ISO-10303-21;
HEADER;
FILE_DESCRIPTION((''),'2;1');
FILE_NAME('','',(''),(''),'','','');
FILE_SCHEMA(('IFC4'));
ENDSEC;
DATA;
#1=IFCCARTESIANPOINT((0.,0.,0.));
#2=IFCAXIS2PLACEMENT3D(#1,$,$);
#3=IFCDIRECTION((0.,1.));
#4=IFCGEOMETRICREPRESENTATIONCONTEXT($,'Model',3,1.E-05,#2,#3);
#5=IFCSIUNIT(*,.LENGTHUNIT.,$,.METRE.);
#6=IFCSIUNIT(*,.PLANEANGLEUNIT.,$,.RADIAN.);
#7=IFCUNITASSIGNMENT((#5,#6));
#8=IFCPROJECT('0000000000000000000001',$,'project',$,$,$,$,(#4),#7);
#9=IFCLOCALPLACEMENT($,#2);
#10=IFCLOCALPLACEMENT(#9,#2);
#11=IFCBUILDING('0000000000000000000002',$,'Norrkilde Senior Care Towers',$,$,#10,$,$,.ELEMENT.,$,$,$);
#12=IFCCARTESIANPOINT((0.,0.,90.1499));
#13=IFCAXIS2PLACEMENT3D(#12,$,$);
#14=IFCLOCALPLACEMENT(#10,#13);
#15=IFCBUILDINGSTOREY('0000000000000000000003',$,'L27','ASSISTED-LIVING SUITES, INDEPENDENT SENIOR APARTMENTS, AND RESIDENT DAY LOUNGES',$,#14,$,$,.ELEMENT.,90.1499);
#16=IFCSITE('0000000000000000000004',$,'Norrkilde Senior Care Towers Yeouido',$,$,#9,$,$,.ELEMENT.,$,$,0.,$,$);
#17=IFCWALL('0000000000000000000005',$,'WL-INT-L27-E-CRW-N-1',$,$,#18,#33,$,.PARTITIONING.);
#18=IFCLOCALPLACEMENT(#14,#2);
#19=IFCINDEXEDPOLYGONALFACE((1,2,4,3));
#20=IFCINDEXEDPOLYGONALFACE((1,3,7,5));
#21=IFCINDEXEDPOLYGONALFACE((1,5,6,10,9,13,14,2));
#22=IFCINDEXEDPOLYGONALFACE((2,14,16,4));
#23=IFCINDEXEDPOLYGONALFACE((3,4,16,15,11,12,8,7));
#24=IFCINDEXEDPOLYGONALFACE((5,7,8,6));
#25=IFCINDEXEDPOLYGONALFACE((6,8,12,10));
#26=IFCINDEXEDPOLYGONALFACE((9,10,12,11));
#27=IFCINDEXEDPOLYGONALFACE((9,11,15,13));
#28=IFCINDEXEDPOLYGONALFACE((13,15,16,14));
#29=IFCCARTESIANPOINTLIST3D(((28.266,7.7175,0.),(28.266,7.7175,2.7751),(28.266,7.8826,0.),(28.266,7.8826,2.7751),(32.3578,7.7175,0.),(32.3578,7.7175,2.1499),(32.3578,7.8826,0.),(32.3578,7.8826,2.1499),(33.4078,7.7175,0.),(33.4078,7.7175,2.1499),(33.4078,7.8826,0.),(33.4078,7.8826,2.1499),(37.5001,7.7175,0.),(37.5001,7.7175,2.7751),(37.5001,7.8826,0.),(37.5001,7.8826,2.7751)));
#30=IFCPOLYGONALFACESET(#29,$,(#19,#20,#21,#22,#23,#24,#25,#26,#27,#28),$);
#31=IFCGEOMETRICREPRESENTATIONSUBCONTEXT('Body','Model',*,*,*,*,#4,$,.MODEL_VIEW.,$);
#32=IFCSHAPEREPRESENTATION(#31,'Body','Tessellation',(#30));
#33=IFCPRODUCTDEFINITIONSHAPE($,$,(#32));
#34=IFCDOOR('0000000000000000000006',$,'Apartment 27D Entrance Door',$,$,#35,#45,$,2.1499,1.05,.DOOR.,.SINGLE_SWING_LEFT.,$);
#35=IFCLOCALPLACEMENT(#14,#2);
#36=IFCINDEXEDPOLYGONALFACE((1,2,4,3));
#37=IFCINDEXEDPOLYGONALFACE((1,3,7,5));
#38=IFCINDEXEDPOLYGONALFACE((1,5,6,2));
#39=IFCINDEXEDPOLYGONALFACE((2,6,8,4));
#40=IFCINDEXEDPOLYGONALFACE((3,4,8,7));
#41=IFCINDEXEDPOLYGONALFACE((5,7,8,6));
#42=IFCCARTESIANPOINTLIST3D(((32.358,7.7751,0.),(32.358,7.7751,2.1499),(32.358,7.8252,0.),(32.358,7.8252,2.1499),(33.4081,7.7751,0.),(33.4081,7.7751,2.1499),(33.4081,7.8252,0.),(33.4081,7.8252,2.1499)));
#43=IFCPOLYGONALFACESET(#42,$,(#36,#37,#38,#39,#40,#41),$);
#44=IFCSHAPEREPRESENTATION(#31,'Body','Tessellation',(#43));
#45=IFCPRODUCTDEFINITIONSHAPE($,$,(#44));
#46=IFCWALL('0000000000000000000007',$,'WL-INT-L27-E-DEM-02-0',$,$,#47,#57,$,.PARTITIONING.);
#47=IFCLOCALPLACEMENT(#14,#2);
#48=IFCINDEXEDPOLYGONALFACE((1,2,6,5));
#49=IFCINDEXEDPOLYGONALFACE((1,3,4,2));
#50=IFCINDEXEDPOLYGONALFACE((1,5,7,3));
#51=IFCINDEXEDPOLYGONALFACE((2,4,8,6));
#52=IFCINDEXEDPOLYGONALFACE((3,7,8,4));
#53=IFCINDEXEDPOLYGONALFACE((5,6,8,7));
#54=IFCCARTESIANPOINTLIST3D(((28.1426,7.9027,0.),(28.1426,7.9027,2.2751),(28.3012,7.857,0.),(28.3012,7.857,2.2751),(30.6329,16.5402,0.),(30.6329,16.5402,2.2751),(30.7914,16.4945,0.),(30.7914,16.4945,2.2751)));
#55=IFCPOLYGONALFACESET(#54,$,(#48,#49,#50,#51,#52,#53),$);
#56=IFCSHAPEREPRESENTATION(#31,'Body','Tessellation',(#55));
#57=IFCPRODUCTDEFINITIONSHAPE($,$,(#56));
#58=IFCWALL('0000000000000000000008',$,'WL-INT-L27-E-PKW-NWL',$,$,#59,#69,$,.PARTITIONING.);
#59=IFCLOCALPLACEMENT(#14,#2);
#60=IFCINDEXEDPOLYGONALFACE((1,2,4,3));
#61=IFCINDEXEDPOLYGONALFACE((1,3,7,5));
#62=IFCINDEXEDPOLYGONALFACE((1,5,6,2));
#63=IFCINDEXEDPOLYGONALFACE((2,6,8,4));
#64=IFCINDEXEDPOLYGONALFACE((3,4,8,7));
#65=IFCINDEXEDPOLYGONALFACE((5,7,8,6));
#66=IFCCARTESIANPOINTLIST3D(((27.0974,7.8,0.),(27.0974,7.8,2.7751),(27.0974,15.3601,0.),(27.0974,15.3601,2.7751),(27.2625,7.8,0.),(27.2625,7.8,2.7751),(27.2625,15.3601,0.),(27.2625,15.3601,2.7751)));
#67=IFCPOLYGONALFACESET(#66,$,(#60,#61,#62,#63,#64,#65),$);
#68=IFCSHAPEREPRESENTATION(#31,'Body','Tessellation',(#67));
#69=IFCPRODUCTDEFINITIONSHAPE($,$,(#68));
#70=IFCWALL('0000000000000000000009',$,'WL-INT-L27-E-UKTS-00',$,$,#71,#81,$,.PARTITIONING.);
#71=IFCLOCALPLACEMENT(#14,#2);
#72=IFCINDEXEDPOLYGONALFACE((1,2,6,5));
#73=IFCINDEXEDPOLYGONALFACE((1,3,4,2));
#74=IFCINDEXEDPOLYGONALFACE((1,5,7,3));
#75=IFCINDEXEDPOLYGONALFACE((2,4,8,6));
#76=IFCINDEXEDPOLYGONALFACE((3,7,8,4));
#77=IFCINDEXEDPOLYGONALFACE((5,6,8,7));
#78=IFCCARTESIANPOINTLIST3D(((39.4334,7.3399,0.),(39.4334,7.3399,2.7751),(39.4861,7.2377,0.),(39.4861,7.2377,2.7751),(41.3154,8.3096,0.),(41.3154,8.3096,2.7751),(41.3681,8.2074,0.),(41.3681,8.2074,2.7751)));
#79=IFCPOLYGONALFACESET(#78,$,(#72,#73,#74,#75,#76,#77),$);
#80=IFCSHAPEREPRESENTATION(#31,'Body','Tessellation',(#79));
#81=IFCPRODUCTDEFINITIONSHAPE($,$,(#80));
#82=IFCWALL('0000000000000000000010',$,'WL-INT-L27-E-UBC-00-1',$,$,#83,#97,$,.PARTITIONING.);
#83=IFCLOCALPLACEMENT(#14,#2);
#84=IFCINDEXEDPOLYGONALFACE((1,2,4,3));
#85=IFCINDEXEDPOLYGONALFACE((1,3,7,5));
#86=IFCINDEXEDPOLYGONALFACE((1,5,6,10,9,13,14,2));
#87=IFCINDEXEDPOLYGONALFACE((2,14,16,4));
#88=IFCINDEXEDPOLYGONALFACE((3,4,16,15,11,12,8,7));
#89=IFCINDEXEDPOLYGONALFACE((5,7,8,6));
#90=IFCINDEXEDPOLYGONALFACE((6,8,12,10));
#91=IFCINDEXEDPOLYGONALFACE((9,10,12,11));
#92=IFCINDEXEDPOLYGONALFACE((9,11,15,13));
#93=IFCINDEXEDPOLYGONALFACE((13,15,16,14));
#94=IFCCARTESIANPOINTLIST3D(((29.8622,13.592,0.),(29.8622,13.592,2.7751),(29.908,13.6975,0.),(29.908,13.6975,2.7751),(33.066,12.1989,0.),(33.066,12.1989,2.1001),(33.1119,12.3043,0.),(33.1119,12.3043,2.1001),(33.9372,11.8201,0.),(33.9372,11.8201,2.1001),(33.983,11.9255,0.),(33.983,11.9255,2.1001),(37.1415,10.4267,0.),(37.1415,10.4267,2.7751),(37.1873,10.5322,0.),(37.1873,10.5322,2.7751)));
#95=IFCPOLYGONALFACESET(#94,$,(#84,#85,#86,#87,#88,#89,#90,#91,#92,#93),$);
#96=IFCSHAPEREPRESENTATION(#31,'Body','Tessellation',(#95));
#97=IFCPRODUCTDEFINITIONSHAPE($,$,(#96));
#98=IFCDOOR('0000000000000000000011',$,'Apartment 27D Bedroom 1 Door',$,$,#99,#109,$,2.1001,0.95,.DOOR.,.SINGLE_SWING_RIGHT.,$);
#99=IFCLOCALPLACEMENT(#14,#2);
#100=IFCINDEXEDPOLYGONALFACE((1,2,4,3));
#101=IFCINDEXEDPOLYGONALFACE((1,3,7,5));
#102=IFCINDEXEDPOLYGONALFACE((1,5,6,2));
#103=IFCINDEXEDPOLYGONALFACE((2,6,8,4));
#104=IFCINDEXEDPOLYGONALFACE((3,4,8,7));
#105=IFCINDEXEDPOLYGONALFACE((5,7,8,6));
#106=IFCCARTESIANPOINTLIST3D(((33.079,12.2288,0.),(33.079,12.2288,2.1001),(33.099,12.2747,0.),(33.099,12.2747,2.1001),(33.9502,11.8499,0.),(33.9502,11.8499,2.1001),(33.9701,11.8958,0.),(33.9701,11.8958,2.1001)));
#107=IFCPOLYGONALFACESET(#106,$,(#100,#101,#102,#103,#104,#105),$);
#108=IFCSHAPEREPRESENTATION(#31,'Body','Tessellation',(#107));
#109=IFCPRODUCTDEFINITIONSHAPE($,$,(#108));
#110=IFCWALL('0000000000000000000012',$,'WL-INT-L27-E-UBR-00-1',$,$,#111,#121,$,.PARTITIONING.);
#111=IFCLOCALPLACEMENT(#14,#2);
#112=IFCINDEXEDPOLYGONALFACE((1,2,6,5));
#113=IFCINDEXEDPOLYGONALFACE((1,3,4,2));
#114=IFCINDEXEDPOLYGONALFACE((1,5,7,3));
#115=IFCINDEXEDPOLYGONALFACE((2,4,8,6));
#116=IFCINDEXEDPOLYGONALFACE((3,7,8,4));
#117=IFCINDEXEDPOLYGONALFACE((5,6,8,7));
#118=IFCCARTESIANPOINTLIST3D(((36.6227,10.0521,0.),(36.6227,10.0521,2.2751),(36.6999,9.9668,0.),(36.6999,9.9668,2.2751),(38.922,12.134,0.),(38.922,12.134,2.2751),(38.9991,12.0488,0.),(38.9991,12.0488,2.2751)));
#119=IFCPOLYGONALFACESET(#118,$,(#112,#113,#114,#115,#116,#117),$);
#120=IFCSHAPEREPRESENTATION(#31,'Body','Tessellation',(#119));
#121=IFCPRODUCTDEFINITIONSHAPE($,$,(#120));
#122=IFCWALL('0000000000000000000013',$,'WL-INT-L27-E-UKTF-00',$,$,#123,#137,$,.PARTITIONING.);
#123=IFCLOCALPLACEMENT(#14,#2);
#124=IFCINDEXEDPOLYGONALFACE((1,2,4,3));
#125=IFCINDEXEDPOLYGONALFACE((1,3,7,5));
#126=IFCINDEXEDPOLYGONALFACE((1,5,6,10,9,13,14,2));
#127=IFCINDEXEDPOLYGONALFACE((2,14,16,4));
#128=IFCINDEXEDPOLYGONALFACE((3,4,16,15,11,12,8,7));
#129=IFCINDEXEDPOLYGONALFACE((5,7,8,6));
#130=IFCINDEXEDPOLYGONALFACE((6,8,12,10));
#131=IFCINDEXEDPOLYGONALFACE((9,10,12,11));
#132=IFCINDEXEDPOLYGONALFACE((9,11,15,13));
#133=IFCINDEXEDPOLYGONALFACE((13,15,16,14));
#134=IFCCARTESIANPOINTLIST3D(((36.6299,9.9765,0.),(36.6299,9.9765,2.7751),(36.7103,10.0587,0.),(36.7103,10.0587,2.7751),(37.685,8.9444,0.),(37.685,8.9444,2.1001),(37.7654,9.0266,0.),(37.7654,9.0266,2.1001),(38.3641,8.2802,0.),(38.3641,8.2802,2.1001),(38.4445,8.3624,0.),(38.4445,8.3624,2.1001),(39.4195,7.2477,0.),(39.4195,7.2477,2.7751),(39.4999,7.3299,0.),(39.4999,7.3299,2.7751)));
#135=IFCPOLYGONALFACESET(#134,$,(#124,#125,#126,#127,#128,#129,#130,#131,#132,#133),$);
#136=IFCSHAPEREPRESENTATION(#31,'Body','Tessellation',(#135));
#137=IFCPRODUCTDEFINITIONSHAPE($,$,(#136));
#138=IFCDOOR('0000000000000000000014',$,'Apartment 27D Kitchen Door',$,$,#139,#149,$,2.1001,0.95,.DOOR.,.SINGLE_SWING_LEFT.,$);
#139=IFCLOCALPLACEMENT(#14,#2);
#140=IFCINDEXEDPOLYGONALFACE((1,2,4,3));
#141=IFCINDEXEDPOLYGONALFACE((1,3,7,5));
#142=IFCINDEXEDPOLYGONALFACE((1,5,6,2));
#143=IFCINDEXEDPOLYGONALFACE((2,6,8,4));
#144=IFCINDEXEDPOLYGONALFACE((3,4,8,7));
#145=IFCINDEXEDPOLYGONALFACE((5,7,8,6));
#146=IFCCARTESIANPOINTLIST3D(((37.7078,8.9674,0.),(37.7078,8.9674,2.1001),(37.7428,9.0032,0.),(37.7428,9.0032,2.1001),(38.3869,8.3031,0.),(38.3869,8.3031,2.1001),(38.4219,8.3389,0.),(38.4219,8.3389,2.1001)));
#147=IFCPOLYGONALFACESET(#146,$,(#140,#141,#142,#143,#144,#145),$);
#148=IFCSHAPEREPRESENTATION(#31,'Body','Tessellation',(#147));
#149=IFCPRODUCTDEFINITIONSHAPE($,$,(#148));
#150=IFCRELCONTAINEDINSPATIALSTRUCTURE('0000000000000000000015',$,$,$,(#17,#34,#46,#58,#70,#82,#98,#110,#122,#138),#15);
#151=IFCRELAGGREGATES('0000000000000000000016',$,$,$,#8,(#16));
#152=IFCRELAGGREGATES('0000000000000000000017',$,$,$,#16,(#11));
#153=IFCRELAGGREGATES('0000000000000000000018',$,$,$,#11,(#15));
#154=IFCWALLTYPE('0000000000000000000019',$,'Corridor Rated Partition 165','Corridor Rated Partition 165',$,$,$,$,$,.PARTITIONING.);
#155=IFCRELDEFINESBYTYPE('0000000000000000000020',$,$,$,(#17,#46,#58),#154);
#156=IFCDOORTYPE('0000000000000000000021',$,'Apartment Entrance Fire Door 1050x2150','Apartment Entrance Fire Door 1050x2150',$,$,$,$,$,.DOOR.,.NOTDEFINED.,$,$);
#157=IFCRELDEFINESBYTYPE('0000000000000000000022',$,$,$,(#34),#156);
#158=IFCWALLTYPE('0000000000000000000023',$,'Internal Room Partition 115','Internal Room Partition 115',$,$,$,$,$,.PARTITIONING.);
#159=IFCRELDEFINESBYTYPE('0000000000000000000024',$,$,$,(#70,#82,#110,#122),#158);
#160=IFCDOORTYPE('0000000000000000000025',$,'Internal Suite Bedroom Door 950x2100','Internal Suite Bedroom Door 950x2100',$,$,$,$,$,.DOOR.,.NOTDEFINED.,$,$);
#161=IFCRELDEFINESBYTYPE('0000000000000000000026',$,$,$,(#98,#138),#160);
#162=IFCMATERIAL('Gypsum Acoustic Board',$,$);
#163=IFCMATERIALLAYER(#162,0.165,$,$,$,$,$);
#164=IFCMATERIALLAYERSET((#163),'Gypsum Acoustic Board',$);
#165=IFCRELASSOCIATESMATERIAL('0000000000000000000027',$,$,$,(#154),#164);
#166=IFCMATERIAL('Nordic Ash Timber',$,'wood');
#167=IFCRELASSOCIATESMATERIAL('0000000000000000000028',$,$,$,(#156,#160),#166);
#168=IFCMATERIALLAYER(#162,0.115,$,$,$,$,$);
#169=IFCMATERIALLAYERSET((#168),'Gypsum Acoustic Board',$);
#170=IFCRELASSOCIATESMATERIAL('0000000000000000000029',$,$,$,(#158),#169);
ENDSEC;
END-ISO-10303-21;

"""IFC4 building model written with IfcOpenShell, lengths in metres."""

from ifc_helpers import new_model, si_unit, direction, frame, frame_2d, origin, place, context, subcontext, project, spatial, rectangle, extrude, source, transform, mapped, material, layer, layer_set, type_object, type_shapes, element, fill, save


model = new_model("IFC4")

# Units and contexts
model_context = context("Model", 3, precision=1e-05, world=origin(), true_north=direction((0.0, 1.0)))
body_context = subcontext(model_context, "Body", "Model", "MODEL_VIEW")
ifc_project = project(units=[si_unit("LENGTHUNIT", "METRE"), si_unit("PLANEANGLEUNIT", "RADIAN")], contexts=[model_context])

# Site, building, storey
site_placement = place(None, origin())
site = spatial("IfcSite", under=ifc_project, at=site_placement, Name="Norrkilde Senior Care Towers Yeouido", CompositionType="ELEMENT", RefElevation=0.0)
building_placement = place(site_placement, origin())
building = spatial("IfcBuilding", under=site, at=building_placement, Name="Norrkilde Senior Care Towers", CompositionType="ELEMENT")
storey_placement = place(building_placement, frame((0.0, 0.0, 90.1499)))
storey = spatial("IfcBuildingStorey", under=building, at=storey_placement, Name="L27", Description="ASSISTED-LIVING SUITES, INDEPENDENT SENIOR APARTMENTS, AND RESIDENT DAY LOUNGES", CompositionType="ELEMENT", Elevation=90.1499)

# Wall, opening, door
ifc_material_1 = material(Name="Gypsum Acoustic Board")
ifc_layer_1 = layer(ifc_material_1, 0.165)
ifc_layer_set_1 = layer_set([ifc_layer_1], Name="Gypsum Acoustic Board")
wall_type_1 = type_object("IfcWallType", Name="Corridor Rated Partition 165", Description="Corridor Rated Partition 165", PredefinedType="PARTITIONING", material=ifc_layer_set_1)
ifc_material_2 = material(Name="Nordic Ash Timber", Category="wood")
door_type_1 = type_object("IfcDoorType", Name="Apartment Entrance Fire Door 1050x2150", Description="Apartment Entrance Fire Door 1050x2150", OperationType="NOTDEFINED", PredefinedType="DOOR", material=ifc_material_2)
shared_shape_1 = source(origin(), body_context, "Body", "SweptSolid", [
    extrude(rectangle(XDim=1.05, YDim=2.1499, at=frame_2d((0.5249, 1.075))), frame((0.0, 0.0249, 0.0), z_axis=(0.0, -1.0, 0.0), x_axis=(1.0, 0.0, 0.0)), (0.0, 0.0, 1.0), 0.05),
])
type_shapes(door_type_1, [shared_shape_1])
shared_shape_2 = source(origin(), body_context, "Body", "SweptSolid", [
    extrude(rectangle(XDim=9.2341, YDim=0.165, at=frame_2d((4.6172, 0.0))), origin(), (0.0, 0.0, 1.0), 2.7751),
])
wall_1_placement = place(storey_placement, frame((28.2659, 7.8, 0.0), z_axis=(0.0, 0.0, 1.0), x_axis=(1.0, 0.0, 0.0)))
wall_1 = element("IfcWall", 1, at=wall_1_placement, inside=storey, type_object=wall_type_1, Name="WL-INT-L27-E-CRW-N-1", PredefinedType="PARTITIONING", context=body_context, shape_type="MappedRepresentation", body=[
    mapped(shared_shape_2, transform((0.0, 0.0, 0.0), x_axis=(1.0, 0.0, 0.0), y_axis=(0.0, 1.0, 0.0), z_axis=(0.0, 0.0, 1.0), scale=1.0)),
])
opening_1_placement = place(wall_1_placement, frame((4.092, 0.0, 0.0)))
opening_1 = element("IfcOpeningElement", 2, at=opening_1_placement, cuts=wall_1, PredefinedType="OPENING", context=body_context, shape_type="SweptSolid", body=[
    extrude(rectangle(XDim=1.05, YDim=2.1499, at=frame_2d((0.5249, 1.075))), frame((0.0, 0.0925, 0.0), z_axis=(0.0, -1.0, 0.0), x_axis=(1.0, 0.0, 0.0)), (0.0, 0.0, 1.0), 0.1851),
])
door_1_placement = place(opening_1_placement, frame((1.05, 0.0, 0.0), z_axis=(0.0, 0.0, 1.0), x_axis=(-1.0, 0.0, 0.0)))
door_1 = element("IfcDoor", 3, at=door_1_placement, inside=storey, type_object=door_type_1, Name="Apartment 27D Entrance Door", OperationType="SINGLE_SWING_LEFT", OverallHeight=2.1499, OverallWidth=1.05, PredefinedType="DOOR", context=body_context, shape_type="MappedRepresentation", body=[
    mapped(shared_shape_1, transform((0.0, 0.0, 0.0), x_axis=(1.0, 0.0, 0.0), y_axis=(0.0, 1.0, 0.0), z_axis=(0.0, 0.0, 1.0), scale=1.0)),
])
fill(opening_1, door_1)

# Walls
shared_shape_3 = source(origin(), body_context, "Body", "SweptSolid", [
    extrude(rectangle(XDim=8.9893, YDim=0.165, at=frame_2d((4.4946, 0.0))), origin(), (0.0, 0.0, 1.0), 2.2751),
])
wall_2_placement = place(storey_placement, frame((28.2219, 7.8799, 0.0), z_axis=(0.0, 0.0, 1.0), x_axis=(0.277023, 0.960863, 0.0)))
element("IfcWall", 4, at=wall_2_placement, inside=storey, type_object=wall_type_1, Name="WL-INT-L27-E-DEM-02-0", PredefinedType="PARTITIONING", context=body_context, shape_type="MappedRepresentation", body=[
    mapped(shared_shape_3, transform((0.0, 0.0, 0.0), x_axis=(1.0, 0.0, 0.0), y_axis=(0.0, 1.0, 0.0), z_axis=(0.0, 0.0, 1.0), scale=1.0)),
])
shared_shape_4 = source(origin(), body_context, "Body", "SweptSolid", [
    extrude(rectangle(XDim=7.5601, YDim=0.165, at=frame_2d((3.78, 0.0))), origin(), (0.0, 0.0, 1.0), 2.7751),
])
wall_3_placement = place(storey_placement, frame((27.1799, 7.8, 0.0), z_axis=(0.0, 0.0, 1.0), x_axis=(0.0, 1.0, 0.0)))
element("IfcWall", 5, at=wall_3_placement, inside=storey, type_object=wall_type_1, Name="WL-INT-L27-E-PKW-NWL", PredefinedType="PARTITIONING", context=body_context, shape_type="MappedRepresentation", body=[
    mapped(shared_shape_4, transform((0.0, 0.0, 0.0), x_axis=(1.0, 0.0, 0.0), y_axis=(0.0, 1.0, 0.0), z_axis=(0.0, 0.0, 1.0), scale=1.0)),
])
ifc_layer_2 = layer(ifc_material_1, 0.115)
ifc_layer_set_2 = layer_set([ifc_layer_2], Name="Gypsum Acoustic Board")
wall_type_2 = type_object("IfcWallType", Name="Internal Room Partition 115", Description="Internal Room Partition 115", PredefinedType="PARTITIONING", material=ifc_layer_set_2)
shared_shape_5 = source(origin(), body_context, "Body", "SweptSolid", [
    extrude(rectangle(XDim=2.1172, YDim=0.115, at=frame_2d((1.0586, 0.0))), origin(), (0.0, 0.0, 1.0), 2.7751),
])
wall_4_placement = place(storey_placement, frame((39.4597, 7.2888, 0.0), z_axis=(0.0, 0.0, 1.0), x_axis=(0.888942, 0.45802, 0.0)))
element("IfcWall", 6, at=wall_4_placement, inside=storey, type_object=wall_type_2, Name="WL-INT-L27-E-UKTS-00", PredefinedType="PARTITIONING", context=body_context, shape_type="MappedRepresentation", body=[
    mapped(shared_shape_5, transform((0.0, 0.0, 0.0), x_axis=(1.0, 0.0, 0.0), y_axis=(0.0, 1.0, 0.0), z_axis=(0.0, 0.0, 1.0), scale=1.0)),
])

# Wall, opening, door
shared_shape_6 = source(origin(), body_context, "Body", "SweptSolid", [
    extrude(rectangle(XDim=7.9377, YDim=0.115, at=frame_2d((3.9688, 0.0))), origin(), (0.0, 0.0, 1.0), 2.7751),
])
wall_5_placement = place(storey_placement, frame((37.1643, 10.4795, 0.0), z_axis=(0.0, 0.0, 1.0), x_axis=(-0.917053, 0.398765, 0.0)))
wall_5 = element("IfcWall", 7, at=wall_5_placement, inside=storey, type_object=wall_type_2, Name="WL-INT-L27-E-UBC-00-1", PredefinedType="PARTITIONING", context=body_context, shape_type="MappedRepresentation", body=[
    mapped(shared_shape_6, transform((0.0, 0.0, 0.0), x_axis=(1.0, 0.0, 0.0), y_axis=(0.0, 1.0, 0.0), z_axis=(0.0, 0.0, 1.0), scale=1.0)),
])
opening_2_placement = place(wall_5_placement, frame((3.4939, 0.0, 0.0)))
opening_2 = element("IfcOpeningElement", 8, at=opening_2_placement, cuts=wall_5, PredefinedType="OPENING", context=body_context, shape_type="SweptSolid", body=[
    extrude(rectangle(XDim=0.95, YDim=2.1001, at=frame_2d((0.4751, 1.05))), frame((0.0, 0.0674, 0.0), z_axis=(0.0, -1.0, 0.0), x_axis=(1.0, 0.0, 0.0)), (0.0, 0.0, 1.0), 0.135),
])
door_type_2 = type_object("IfcDoorType", Name="Internal Suite Bedroom Door 950x2100", Description="Internal Suite Bedroom Door 950x2100", OperationType="NOTDEFINED", PredefinedType="DOOR", material=ifc_material_2)
shared_shape_7 = source(origin(), body_context, "Body", "SweptSolid", [
    extrude(rectangle(XDim=0.95, YDim=2.1001, at=frame_2d((0.4751, 1.05))), frame((0.0, 0.0249, 0.0), z_axis=(0.0, -1.0, 0.0), x_axis=(1.0, 0.0, 0.0)), (0.0, 0.0, 1.0), 0.05),
])
type_shapes(door_type_2, [shared_shape_7])
door_2_placement = place(opening_2_placement, origin())
door_2 = element("IfcDoor", 9, at=door_2_placement, inside=storey, type_object=door_type_2, Name="Apartment 27D Bedroom 1 Door", OperationType="SINGLE_SWING_RIGHT", OverallHeight=2.1001, OverallWidth=0.95, PredefinedType="DOOR", context=body_context, shape_type="MappedRepresentation", body=[
    mapped(shared_shape_7, transform((0.0, 0.0, 0.0), x_axis=(1.0, 0.0, 0.0), y_axis=(0.0, 1.0, 0.0), z_axis=(0.0, 0.0, 1.0), scale=1.0)),
])
fill(opening_2, door_2)

# Wall
shared_shape_8 = source(origin(), body_context, "Body", "SweptSolid", [
    extrude(rectangle(XDim=3.1018, YDim=0.115, at=frame_2d((1.5508, 0.0))), origin(), (0.0, 0.0, 1.0), 2.2751),
])
wall_6_placement = place(storey_placement, frame((36.6614, 10.0095, 0.0), z_axis=(0.0, 0.0, 1.0), x_axis=(0.741263, 0.671214, 0.0)))
element("IfcWall", 10, at=wall_6_placement, inside=storey, type_object=wall_type_2, Name="WL-INT-L27-E-UBR-00-1", PredefinedType="PARTITIONING", context=body_context, shape_type="MappedRepresentation", body=[
    mapped(shared_shape_8, transform((0.0, 0.0, 0.0), x_axis=(1.0, 0.0, 0.0), y_axis=(0.0, 1.0, 0.0), z_axis=(0.0, 0.0, 1.0), scale=1.0)),
])

# Wall, opening, door
shared_shape_9 = source(origin(), body_context, "Body", "SweptSolid", [
    extrude(rectangle(XDim=3.9023, YDim=0.115, at=frame_2d((1.9512, 0.0))), origin(), (0.0, 0.0, 1.0), 2.7751),
])
type_shapes(wall_type_2, [shared_shape_5, shared_shape_6, shared_shape_8, shared_shape_9])
wall_7_placement = place(storey_placement, frame((39.4597, 7.2888, 0.0), z_axis=(0.0, 0.0, 1.0), x_axis=(-0.714853, 0.699275, 0.0)))
wall_7 = element("IfcWall", 11, at=wall_7_placement, inside=storey, type_object=wall_type_2, Name="WL-INT-L27-E-UKTF-00", PredefinedType="PARTITIONING", context=body_context, shape_type="MappedRepresentation", body=[
    mapped(shared_shape_9, transform((0.0, 0.0, 0.0), x_axis=(1.0, 0.0, 0.0), y_axis=(0.0, 1.0, 0.0), z_axis=(0.0, 0.0, 1.0), scale=1.0)),
])
opening_3_placement = place(wall_7_placement, frame((1.4763, 0.0, 0.0)))
opening_3 = element("IfcOpeningElement", 12, at=opening_3_placement, cuts=wall_7, PredefinedType="OPENING", context=body_context, shape_type="SweptSolid", body=[
    extrude(rectangle(XDim=0.95, YDim=2.1001, at=frame_2d((0.4751, 1.05))), frame((0.0, 0.0674, 0.0), z_axis=(0.0, -1.0, 0.0), x_axis=(1.0, 0.0, 0.0)), (0.0, 0.0, 1.0), 0.135),
])
door_3_placement = place(opening_3_placement, frame((0.95, 0.0, 0.0), z_axis=(0.0, 0.0, 1.0), x_axis=(-1.0, 0.0, 0.0)))
door_3 = element("IfcDoor", 13, at=door_3_placement, inside=storey, type_object=door_type_2, Name="Apartment 27D Kitchen Door", OperationType="SINGLE_SWING_LEFT", OverallHeight=2.1001, OverallWidth=0.95, PredefinedType="DOOR", context=body_context, shape_type="MappedRepresentation", body=[
    mapped(shared_shape_7, transform((0.0, 0.0, 0.0), x_axis=(1.0, 0.0, 0.0), y_axis=(0.0, 1.0, 0.0), z_axis=(0.0, 0.0, 1.0), scale=1.0)),
])
fill(opening_3, door_3)

save(model, "model.ifc")
